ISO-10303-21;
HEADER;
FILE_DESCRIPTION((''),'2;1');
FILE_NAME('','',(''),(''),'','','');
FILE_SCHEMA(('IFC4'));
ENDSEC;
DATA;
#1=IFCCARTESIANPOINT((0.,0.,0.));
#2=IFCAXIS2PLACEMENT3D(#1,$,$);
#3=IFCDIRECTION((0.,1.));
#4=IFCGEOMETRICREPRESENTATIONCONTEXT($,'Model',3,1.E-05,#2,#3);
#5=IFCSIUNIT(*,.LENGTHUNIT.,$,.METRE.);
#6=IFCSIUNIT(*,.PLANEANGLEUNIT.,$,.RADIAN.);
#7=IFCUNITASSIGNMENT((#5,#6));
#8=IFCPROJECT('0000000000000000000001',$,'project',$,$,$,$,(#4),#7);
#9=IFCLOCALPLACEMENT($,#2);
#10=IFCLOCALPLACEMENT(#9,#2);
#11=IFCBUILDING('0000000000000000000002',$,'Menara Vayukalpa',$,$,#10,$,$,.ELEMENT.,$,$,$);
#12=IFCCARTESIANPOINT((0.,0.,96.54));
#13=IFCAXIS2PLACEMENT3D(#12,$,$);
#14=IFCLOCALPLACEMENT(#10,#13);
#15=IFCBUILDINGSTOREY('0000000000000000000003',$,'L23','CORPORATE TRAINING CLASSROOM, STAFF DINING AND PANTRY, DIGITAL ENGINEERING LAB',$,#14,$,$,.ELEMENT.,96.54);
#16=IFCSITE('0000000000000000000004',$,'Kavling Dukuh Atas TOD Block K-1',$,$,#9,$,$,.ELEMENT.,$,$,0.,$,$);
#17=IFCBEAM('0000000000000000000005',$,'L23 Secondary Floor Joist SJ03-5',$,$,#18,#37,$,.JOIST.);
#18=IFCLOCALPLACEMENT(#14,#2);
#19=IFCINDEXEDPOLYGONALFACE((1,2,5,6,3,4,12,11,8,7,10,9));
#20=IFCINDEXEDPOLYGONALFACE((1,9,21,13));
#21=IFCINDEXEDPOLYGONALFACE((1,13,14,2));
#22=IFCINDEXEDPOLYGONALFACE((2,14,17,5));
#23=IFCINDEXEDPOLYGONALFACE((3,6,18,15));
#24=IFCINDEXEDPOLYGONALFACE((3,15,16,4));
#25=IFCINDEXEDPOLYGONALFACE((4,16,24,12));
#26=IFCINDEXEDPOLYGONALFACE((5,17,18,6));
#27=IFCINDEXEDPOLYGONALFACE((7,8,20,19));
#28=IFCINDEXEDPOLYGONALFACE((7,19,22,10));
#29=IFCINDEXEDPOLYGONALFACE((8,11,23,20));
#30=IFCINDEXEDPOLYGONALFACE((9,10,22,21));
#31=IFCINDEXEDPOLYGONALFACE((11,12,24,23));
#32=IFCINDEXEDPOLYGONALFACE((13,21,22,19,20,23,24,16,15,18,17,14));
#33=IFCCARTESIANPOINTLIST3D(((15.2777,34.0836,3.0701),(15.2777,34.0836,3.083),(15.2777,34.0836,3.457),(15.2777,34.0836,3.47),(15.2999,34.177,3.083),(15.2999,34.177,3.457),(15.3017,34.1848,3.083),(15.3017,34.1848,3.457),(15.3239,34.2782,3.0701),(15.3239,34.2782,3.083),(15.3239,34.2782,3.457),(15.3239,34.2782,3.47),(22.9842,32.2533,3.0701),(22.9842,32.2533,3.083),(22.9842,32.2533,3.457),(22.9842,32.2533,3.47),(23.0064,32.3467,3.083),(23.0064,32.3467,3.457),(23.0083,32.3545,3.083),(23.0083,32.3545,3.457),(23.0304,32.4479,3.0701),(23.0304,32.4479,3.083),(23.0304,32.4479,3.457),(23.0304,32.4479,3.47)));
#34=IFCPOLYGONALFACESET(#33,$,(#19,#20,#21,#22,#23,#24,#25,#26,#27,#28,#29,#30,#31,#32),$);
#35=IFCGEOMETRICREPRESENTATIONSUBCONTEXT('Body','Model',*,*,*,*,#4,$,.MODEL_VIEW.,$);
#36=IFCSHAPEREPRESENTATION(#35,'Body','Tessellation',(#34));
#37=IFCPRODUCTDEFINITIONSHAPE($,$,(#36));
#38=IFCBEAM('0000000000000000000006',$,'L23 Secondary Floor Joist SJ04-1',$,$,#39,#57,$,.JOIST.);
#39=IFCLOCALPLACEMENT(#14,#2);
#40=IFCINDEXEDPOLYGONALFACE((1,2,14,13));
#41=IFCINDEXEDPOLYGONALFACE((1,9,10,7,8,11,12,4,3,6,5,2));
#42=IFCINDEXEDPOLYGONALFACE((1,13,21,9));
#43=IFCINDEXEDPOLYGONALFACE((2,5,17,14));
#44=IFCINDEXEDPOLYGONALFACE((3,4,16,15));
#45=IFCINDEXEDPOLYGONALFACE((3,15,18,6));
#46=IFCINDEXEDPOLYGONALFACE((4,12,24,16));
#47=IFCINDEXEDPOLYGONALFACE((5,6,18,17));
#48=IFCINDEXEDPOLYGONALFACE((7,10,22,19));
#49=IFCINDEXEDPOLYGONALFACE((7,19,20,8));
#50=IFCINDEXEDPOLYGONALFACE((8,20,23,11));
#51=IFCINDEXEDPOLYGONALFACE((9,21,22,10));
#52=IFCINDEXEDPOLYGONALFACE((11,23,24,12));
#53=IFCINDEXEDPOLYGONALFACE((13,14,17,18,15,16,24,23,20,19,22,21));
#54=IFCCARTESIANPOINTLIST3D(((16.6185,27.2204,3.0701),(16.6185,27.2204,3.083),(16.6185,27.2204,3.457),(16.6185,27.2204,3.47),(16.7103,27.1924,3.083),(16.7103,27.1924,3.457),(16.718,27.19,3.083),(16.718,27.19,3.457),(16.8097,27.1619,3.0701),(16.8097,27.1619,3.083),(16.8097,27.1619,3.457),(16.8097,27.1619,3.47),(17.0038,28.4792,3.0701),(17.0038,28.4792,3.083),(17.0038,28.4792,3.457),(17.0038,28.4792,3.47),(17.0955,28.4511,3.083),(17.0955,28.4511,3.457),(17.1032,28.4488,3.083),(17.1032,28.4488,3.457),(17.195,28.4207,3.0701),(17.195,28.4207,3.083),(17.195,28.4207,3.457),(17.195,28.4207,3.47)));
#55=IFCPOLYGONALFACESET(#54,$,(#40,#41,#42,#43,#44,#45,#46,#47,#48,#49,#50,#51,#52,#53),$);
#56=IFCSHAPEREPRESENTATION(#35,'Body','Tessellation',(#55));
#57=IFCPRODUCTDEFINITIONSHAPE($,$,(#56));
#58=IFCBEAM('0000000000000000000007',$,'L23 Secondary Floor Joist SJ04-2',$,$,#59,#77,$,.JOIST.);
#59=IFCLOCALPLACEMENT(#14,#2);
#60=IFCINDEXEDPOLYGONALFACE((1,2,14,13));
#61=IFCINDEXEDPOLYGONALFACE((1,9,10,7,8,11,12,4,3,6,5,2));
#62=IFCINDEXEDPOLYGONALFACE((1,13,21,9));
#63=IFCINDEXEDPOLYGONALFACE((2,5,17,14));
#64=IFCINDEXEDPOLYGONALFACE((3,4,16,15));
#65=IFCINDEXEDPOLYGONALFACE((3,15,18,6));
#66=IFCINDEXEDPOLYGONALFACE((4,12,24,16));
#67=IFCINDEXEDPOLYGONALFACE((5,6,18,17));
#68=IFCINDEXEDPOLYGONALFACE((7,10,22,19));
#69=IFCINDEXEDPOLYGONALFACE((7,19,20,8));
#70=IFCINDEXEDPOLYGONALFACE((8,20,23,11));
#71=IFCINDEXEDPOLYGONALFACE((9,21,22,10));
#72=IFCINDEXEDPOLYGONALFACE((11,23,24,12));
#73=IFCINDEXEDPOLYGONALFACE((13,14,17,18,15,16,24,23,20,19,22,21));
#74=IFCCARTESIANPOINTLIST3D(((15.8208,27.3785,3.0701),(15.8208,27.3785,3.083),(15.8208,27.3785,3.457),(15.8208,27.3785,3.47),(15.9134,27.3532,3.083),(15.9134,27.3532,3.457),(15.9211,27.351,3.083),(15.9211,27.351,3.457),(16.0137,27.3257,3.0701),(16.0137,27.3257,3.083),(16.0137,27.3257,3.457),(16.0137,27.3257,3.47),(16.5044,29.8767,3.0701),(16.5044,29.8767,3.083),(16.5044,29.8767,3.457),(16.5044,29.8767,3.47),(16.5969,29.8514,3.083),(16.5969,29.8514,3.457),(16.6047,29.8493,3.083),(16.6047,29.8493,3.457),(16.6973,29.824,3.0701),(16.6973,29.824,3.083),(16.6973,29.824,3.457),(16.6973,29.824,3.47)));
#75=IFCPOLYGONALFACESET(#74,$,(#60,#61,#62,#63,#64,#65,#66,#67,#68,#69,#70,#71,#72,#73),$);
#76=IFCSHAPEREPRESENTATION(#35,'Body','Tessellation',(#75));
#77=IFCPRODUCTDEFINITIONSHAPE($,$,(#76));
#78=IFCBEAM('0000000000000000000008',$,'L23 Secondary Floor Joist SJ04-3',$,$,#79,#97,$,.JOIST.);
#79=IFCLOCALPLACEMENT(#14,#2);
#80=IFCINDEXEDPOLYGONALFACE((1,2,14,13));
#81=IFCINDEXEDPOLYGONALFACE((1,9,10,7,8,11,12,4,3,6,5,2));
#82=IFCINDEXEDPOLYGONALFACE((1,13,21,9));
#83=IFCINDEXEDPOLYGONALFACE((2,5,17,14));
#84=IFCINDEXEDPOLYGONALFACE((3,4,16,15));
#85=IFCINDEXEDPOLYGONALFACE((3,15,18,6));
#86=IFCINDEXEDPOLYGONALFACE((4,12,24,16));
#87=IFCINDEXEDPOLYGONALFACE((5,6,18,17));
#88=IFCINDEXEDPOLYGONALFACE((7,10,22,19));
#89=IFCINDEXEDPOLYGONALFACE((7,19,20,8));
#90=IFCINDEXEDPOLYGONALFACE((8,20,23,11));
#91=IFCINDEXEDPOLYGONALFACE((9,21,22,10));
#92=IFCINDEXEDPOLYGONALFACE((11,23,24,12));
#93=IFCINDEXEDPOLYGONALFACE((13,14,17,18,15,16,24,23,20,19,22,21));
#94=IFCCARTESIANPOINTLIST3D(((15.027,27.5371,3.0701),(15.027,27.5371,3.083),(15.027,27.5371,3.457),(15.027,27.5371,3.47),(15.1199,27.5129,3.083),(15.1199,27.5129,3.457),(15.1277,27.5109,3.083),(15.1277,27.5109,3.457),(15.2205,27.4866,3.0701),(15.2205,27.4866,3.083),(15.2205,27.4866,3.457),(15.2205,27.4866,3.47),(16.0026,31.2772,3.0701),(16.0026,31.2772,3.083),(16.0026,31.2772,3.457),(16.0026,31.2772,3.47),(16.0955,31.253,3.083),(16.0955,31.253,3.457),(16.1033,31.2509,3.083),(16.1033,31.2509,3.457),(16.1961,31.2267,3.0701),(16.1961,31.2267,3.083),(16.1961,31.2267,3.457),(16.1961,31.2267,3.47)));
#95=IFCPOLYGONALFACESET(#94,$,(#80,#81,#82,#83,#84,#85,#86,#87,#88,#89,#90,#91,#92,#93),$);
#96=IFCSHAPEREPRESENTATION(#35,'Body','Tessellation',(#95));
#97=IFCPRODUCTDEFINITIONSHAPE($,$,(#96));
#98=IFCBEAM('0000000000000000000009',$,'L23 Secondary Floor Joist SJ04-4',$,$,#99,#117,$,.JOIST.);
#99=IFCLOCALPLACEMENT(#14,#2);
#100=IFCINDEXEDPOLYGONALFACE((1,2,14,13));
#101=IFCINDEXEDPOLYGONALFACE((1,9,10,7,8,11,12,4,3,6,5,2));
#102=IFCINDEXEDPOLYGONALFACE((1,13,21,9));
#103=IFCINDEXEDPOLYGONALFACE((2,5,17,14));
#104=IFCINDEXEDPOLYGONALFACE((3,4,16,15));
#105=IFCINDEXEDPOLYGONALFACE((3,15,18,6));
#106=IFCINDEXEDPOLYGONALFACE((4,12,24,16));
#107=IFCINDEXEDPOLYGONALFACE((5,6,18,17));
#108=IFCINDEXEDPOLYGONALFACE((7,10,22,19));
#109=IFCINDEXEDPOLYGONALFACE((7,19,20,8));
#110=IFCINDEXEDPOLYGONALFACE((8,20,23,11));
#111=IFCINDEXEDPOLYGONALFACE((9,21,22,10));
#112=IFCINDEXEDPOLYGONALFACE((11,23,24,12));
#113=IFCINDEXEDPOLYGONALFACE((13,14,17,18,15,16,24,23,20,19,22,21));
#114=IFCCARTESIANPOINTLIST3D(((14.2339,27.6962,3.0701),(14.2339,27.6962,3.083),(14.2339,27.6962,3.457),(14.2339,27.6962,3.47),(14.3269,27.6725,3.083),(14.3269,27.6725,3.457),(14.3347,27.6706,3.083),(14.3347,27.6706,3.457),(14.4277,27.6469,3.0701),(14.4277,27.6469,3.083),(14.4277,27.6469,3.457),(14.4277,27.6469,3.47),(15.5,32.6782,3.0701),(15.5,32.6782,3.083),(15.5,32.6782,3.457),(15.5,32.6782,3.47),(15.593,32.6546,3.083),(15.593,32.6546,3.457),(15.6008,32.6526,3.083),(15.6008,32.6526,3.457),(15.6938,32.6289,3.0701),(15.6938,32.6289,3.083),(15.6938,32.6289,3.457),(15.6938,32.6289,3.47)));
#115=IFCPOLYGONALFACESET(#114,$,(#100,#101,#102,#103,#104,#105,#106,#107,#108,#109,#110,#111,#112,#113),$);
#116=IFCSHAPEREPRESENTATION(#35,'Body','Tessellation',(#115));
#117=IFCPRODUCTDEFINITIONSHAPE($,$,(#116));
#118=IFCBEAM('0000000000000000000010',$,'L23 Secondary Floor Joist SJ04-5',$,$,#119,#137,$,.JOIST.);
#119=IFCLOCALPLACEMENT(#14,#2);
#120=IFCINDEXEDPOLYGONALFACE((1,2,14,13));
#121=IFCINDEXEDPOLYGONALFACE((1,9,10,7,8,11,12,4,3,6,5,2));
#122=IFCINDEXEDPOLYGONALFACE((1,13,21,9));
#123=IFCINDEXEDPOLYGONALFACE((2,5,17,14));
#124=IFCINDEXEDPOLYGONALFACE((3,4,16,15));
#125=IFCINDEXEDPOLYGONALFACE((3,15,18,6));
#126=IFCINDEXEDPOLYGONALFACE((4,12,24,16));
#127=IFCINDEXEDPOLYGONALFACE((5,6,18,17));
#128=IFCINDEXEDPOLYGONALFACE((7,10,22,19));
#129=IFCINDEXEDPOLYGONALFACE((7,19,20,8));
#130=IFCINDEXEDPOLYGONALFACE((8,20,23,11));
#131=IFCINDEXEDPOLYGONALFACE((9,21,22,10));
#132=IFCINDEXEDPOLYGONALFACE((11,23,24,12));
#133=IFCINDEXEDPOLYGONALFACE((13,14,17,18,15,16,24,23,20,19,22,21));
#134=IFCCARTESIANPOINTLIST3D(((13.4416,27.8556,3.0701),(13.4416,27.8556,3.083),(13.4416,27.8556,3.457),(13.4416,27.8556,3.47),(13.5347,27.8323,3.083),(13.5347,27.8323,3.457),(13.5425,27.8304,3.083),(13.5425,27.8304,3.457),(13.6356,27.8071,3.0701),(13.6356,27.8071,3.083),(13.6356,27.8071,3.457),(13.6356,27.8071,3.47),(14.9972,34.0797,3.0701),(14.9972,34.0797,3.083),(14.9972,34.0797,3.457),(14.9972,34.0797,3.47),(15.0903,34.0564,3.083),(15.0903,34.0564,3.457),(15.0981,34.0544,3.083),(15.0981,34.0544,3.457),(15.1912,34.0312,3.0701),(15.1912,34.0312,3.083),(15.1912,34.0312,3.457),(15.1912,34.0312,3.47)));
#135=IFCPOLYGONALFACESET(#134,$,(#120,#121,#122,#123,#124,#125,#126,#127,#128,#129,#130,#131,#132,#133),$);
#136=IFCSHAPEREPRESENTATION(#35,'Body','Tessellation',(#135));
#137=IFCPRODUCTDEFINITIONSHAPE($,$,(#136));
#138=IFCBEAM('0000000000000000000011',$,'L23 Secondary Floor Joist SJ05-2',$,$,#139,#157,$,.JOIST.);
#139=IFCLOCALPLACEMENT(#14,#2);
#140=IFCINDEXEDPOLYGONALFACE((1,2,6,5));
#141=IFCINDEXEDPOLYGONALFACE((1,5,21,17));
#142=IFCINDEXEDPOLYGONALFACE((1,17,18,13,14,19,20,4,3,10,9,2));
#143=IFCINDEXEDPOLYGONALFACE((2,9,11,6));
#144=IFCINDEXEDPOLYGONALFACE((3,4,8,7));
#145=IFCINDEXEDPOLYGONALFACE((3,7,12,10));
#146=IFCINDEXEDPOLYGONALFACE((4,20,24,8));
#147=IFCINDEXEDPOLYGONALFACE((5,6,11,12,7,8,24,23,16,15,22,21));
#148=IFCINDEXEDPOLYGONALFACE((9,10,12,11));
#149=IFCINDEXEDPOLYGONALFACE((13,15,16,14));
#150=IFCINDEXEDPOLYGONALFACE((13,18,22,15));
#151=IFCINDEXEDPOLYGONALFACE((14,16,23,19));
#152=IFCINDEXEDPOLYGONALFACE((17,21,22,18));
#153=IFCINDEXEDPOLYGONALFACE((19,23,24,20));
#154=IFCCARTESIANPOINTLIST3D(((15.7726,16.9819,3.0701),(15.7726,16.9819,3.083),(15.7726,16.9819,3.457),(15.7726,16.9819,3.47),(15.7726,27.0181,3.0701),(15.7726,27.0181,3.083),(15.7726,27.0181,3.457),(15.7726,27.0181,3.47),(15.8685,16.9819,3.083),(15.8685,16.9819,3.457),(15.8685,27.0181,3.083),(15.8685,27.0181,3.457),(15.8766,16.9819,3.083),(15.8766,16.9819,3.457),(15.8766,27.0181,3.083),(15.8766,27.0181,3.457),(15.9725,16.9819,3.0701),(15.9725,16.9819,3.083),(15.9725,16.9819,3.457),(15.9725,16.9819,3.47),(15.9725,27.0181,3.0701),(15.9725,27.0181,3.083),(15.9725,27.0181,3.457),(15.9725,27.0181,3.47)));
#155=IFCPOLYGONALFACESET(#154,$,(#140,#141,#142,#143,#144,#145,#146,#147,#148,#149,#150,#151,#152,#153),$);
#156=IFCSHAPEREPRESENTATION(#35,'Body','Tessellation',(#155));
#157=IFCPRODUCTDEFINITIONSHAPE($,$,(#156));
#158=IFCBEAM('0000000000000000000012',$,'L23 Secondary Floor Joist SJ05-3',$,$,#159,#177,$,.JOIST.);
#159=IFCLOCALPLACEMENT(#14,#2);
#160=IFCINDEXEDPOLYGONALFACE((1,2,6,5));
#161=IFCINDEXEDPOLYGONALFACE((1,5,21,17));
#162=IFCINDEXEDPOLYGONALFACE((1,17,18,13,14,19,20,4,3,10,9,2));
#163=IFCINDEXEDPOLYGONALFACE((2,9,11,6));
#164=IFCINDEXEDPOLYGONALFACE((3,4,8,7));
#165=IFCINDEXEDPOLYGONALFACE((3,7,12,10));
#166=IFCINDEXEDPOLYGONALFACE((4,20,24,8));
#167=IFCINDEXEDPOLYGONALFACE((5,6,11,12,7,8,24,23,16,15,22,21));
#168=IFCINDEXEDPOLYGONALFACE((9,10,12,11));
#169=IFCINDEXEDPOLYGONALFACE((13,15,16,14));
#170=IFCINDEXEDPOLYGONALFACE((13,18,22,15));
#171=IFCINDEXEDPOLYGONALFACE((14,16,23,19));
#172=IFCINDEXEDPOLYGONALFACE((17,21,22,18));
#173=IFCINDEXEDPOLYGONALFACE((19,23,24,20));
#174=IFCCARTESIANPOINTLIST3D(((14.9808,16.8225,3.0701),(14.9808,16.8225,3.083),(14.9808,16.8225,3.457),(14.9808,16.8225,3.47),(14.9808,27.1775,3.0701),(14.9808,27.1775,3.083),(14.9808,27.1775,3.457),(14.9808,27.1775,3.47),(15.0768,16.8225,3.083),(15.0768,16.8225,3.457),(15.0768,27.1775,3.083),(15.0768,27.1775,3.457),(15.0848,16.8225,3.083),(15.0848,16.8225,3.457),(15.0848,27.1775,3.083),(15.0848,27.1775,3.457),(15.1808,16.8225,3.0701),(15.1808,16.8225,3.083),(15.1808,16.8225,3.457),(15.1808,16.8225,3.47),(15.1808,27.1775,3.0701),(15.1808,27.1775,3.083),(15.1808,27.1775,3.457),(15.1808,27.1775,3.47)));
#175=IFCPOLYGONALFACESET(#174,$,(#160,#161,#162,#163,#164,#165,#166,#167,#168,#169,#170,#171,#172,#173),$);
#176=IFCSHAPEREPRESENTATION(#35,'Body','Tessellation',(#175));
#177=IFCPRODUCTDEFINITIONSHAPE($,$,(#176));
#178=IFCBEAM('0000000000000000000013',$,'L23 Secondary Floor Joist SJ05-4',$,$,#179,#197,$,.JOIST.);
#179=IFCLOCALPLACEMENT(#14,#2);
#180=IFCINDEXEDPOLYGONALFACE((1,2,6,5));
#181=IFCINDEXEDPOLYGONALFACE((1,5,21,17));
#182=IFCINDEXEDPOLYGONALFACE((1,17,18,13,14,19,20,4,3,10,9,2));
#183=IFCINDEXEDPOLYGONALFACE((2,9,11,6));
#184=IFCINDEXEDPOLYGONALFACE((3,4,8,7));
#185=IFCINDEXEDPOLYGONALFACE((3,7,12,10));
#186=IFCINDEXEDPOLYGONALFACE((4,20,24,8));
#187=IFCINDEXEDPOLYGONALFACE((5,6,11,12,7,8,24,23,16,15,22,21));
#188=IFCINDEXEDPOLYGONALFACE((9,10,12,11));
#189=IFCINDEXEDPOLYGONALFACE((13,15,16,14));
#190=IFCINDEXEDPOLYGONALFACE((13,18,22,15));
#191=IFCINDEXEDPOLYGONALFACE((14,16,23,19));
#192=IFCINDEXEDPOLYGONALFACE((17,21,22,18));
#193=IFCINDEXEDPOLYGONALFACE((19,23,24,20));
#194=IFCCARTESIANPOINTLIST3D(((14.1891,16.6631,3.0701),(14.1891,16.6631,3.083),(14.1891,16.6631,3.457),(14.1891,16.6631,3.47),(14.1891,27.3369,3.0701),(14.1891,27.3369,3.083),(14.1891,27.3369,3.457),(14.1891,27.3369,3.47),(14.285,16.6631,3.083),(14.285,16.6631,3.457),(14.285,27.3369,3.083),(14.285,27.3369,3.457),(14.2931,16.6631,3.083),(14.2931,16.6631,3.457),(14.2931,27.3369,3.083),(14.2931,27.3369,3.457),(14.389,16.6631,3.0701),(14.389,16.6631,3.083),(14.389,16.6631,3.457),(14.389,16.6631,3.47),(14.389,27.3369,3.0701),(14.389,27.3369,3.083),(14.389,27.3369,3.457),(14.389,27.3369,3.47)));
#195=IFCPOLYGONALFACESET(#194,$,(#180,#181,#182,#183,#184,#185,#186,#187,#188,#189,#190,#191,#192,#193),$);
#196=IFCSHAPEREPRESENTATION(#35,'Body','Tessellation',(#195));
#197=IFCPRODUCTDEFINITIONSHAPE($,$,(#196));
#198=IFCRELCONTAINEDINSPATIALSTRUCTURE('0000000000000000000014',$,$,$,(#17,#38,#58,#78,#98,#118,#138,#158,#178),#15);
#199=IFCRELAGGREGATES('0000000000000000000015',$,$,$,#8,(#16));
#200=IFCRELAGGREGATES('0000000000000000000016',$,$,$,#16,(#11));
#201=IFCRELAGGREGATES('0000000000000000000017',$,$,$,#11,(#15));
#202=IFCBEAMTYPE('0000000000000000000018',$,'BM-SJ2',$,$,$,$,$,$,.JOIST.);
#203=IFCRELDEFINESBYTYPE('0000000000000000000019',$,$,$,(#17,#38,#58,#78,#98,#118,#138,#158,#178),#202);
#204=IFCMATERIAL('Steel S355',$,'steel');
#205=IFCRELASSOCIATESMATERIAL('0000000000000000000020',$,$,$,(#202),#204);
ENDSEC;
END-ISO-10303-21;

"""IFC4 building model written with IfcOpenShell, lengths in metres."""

from ifc_helpers import new_model, si_unit, direction, frame, origin, origin_2d, place, context, subcontext, project, spatial, i_section, extrude, material, material_profile, profile_set, type_object, element, save


model = new_model("IFC4")

# Units and contexts
model_context = context("Model", 3, precision=1e-05, world=origin(), true_north=direction((0.0, 1.0)))
body_context = subcontext(model_context, "Body", "Model", "MODEL_VIEW")
ifc_project = project(units=[si_unit("LENGTHUNIT", "METRE"), si_unit("PLANEANGLEUNIT", "RADIAN")], contexts=[model_context])

# Site, building, storey
site_placement = place(None, origin())
site = spatial("IfcSite", under=ifc_project, at=site_placement, Name="Kavling Dukuh Atas TOD Block K-1", CompositionType="ELEMENT", RefElevation=0.0)
building_placement = place(site_placement, origin())
building = spatial("IfcBuilding", under=site, at=building_placement, Name="Menara Vayukalpa", CompositionType="ELEMENT")
storey_placement = place(building_placement, frame((0.0, 0.0, 96.54)))
storey = spatial("IfcBuildingStorey", under=building, at=storey_placement, Name="L23", Description="CORPORATE TRAINING CLASSROOM, STAFF DINING AND PANTRY, DIGITAL ENGINEERING LAB", CompositionType="ELEMENT", Elevation=96.54)

# Beams
ifc_material_1 = material(Name="Steel S355", Category="steel")
ifc_material_profile_1 = material_profile(ifc_material_1, i_section(OverallWidth=0.2, OverallDepth=0.3999, WebThickness=0.0081, FlangeThickness=0.0129, at=origin_2d()), Name="WF 400x200x8x13")
ifc_profile_set_1 = profile_set([ifc_material_profile_1], Name="Steel S355")
beam_type_1 = type_object("IfcBeamType", Name="BM-SJ2", PredefinedType="JOIST", material=ifc_profile_set_1)
beam_1_placement = place(storey_placement, frame((23.0073, 32.3506, 3.27), z_axis=(-0.972936, 0.231075, 0.0), x_axis=(-0.231075, -0.972936, 0.0)))
element("IfcBeam", 1, at=beam_1_placement, inside=storey, type_object=beam_type_1, Name="L23 Secondary Floor Joist SJ03-5", PredefinedType="JOIST", context=body_context, shape_type="SweptSolid", body=[
    extrude(i_section(OverallWidth=0.2, OverallDepth=0.3999, WebThickness=0.0081, FlangeThickness=0.0129, at=origin_2d()), origin(), (0.0, 0.0, 1.0), 7.9209),
])
beam_2_placement = place(storey_placement, frame((17.0994, 28.45, 3.27), z_axis=(-0.292652, -0.956219, 0.0), x_axis=(0.956219, -0.292652, 0.0)))
element("IfcBeam", 2, at=beam_2_placement, inside=storey, type_object=beam_type_1, Name="L23 Secondary Floor Joist SJ04-1", PredefinedType="JOIST", context=body_context, shape_type="SweptSolid", body=[
    extrude(i_section(OverallWidth=0.2, OverallDepth=0.3999, WebThickness=0.0081, FlangeThickness=0.0129, at=origin_2d()), origin(), (0.0, 0.0, 1.0), 1.3164),
])
beam_3_placement = place(storey_placement, frame((16.6008, 29.8503, 3.27), z_axis=(-0.263923, -0.964544, 0.0), x_axis=(0.964544, -0.263923, 0.0)))
element("IfcBeam", 3, at=beam_3_placement, inside=storey, type_object=beam_type_1, Name="L23 Secondary Floor Joist SJ04-2", PredefinedType="JOIST", context=body_context, shape_type="SweptSolid", body=[
    extrude(i_section(OverallWidth=0.2, OverallDepth=0.3999, WebThickness=0.0081, FlangeThickness=0.0129, at=origin_2d()), origin(), (0.0, 0.0, 1.0), 2.5901),
])
beam_4_placement = place(storey_placement, frame((16.0994, 31.252, 3.27), z_axis=(-0.252406, -0.967621, 0.0), x_axis=(0.967621, -0.252406, 0.0)))
element("IfcBeam", 4, at=beam_4_placement, inside=storey, type_object=beam_type_1, Name="L23 Secondary Floor Joist SJ04-3", PredefinedType="JOIST", context=body_context, shape_type="SweptSolid", body=[
    extrude(i_section(OverallWidth=0.2, OverallDepth=0.3999, WebThickness=0.0081, FlangeThickness=0.0129, at=origin_2d()), origin(), (0.0, 0.0, 1.0), 3.8652),
])
beam_5_placement = place(storey_placement, frame((15.5969, 32.6536, 3.27), z_axis=(-0.246311, -0.969191, 0.0), x_axis=(0.969191, -0.246311, 0.0)))
element("IfcBeam", 5, at=beam_5_placement, inside=storey, type_object=beam_type_1, Name="L23 Secondary Floor Joist SJ04-4", PredefinedType="JOIST", context=body_context, shape_type="SweptSolid", body=[
    extrude(i_section(OverallWidth=0.2, OverallDepth=0.3999, WebThickness=0.0081, FlangeThickness=0.0129, at=origin_2d()), origin(), (0.0, 0.0, 1.0), 5.1404),
])
beam_6_placement = place(storey_placement, frame((15.0942, 34.0554, 3.27), z_axis=(-0.242482, -0.970156, 0.0), x_axis=(0.970156, -0.242482, 0.0)))
element("IfcBeam", 6, at=beam_6_placement, inside=storey, type_object=beam_type_1, Name="L23 Secondary Floor Joist SJ04-5", PredefinedType="JOIST", context=body_context, shape_type="SweptSolid", body=[
    extrude(i_section(OverallWidth=0.2, OverallDepth=0.3999, WebThickness=0.0081, FlangeThickness=0.0129, at=origin_2d()), origin(), (0.0, 0.0, 1.0), 6.4155),
])
beam_7_placement = place(storey_placement, frame((15.8726, 27.0181, 3.27), z_axis=(0.0, -1.0, 0.0), x_axis=(1.0, 0.0, 0.0)))
element("IfcBeam", 7, at=beam_7_placement, inside=storey, type_object=beam_type_1, Name="L23 Secondary Floor Joist SJ05-2", PredefinedType="JOIST", context=body_context, shape_type="SweptSolid", body=[
    extrude(i_section(OverallWidth=0.2, OverallDepth=0.3999, WebThickness=0.0081, FlangeThickness=0.0129, at=origin_2d()), origin(), (0.0, 0.0, 1.0), 10.0361),
])
beam_8_placement = place(storey_placement, frame((15.0808, 27.1775, 3.27), z_axis=(0.0, -1.0, 0.0), x_axis=(1.0, 0.0, 0.0)))
element("IfcBeam", 8, at=beam_8_placement, inside=storey, type_object=beam_type_1, Name="L23 Secondary Floor Joist SJ05-3", PredefinedType="JOIST", context=body_context, shape_type="SweptSolid", body=[
    extrude(i_section(OverallWidth=0.2, OverallDepth=0.3999, WebThickness=0.0081, FlangeThickness=0.0129, at=origin_2d()), origin(), (0.0, 0.0, 1.0), 10.355),
])
beam_9_placement = place(storey_placement, frame((14.2891, 27.3369, 3.27), z_axis=(0.0, -1.0, 0.0), x_axis=(1.0, 0.0, 0.0)))
element("IfcBeam", 9, at=beam_9_placement, inside=storey, type_object=beam_type_1, Name="L23 Secondary Floor Joist SJ05-4", PredefinedType="JOIST", context=body_context, shape_type="SweptSolid", body=[
    extrude(i_section(OverallWidth=0.2, OverallDepth=0.3999, WebThickness=0.0081, FlangeThickness=0.0129, at=origin_2d()), origin(), (0.0, 0.0, 1.0), 10.6738),
])

save(model, "model.ifc")
